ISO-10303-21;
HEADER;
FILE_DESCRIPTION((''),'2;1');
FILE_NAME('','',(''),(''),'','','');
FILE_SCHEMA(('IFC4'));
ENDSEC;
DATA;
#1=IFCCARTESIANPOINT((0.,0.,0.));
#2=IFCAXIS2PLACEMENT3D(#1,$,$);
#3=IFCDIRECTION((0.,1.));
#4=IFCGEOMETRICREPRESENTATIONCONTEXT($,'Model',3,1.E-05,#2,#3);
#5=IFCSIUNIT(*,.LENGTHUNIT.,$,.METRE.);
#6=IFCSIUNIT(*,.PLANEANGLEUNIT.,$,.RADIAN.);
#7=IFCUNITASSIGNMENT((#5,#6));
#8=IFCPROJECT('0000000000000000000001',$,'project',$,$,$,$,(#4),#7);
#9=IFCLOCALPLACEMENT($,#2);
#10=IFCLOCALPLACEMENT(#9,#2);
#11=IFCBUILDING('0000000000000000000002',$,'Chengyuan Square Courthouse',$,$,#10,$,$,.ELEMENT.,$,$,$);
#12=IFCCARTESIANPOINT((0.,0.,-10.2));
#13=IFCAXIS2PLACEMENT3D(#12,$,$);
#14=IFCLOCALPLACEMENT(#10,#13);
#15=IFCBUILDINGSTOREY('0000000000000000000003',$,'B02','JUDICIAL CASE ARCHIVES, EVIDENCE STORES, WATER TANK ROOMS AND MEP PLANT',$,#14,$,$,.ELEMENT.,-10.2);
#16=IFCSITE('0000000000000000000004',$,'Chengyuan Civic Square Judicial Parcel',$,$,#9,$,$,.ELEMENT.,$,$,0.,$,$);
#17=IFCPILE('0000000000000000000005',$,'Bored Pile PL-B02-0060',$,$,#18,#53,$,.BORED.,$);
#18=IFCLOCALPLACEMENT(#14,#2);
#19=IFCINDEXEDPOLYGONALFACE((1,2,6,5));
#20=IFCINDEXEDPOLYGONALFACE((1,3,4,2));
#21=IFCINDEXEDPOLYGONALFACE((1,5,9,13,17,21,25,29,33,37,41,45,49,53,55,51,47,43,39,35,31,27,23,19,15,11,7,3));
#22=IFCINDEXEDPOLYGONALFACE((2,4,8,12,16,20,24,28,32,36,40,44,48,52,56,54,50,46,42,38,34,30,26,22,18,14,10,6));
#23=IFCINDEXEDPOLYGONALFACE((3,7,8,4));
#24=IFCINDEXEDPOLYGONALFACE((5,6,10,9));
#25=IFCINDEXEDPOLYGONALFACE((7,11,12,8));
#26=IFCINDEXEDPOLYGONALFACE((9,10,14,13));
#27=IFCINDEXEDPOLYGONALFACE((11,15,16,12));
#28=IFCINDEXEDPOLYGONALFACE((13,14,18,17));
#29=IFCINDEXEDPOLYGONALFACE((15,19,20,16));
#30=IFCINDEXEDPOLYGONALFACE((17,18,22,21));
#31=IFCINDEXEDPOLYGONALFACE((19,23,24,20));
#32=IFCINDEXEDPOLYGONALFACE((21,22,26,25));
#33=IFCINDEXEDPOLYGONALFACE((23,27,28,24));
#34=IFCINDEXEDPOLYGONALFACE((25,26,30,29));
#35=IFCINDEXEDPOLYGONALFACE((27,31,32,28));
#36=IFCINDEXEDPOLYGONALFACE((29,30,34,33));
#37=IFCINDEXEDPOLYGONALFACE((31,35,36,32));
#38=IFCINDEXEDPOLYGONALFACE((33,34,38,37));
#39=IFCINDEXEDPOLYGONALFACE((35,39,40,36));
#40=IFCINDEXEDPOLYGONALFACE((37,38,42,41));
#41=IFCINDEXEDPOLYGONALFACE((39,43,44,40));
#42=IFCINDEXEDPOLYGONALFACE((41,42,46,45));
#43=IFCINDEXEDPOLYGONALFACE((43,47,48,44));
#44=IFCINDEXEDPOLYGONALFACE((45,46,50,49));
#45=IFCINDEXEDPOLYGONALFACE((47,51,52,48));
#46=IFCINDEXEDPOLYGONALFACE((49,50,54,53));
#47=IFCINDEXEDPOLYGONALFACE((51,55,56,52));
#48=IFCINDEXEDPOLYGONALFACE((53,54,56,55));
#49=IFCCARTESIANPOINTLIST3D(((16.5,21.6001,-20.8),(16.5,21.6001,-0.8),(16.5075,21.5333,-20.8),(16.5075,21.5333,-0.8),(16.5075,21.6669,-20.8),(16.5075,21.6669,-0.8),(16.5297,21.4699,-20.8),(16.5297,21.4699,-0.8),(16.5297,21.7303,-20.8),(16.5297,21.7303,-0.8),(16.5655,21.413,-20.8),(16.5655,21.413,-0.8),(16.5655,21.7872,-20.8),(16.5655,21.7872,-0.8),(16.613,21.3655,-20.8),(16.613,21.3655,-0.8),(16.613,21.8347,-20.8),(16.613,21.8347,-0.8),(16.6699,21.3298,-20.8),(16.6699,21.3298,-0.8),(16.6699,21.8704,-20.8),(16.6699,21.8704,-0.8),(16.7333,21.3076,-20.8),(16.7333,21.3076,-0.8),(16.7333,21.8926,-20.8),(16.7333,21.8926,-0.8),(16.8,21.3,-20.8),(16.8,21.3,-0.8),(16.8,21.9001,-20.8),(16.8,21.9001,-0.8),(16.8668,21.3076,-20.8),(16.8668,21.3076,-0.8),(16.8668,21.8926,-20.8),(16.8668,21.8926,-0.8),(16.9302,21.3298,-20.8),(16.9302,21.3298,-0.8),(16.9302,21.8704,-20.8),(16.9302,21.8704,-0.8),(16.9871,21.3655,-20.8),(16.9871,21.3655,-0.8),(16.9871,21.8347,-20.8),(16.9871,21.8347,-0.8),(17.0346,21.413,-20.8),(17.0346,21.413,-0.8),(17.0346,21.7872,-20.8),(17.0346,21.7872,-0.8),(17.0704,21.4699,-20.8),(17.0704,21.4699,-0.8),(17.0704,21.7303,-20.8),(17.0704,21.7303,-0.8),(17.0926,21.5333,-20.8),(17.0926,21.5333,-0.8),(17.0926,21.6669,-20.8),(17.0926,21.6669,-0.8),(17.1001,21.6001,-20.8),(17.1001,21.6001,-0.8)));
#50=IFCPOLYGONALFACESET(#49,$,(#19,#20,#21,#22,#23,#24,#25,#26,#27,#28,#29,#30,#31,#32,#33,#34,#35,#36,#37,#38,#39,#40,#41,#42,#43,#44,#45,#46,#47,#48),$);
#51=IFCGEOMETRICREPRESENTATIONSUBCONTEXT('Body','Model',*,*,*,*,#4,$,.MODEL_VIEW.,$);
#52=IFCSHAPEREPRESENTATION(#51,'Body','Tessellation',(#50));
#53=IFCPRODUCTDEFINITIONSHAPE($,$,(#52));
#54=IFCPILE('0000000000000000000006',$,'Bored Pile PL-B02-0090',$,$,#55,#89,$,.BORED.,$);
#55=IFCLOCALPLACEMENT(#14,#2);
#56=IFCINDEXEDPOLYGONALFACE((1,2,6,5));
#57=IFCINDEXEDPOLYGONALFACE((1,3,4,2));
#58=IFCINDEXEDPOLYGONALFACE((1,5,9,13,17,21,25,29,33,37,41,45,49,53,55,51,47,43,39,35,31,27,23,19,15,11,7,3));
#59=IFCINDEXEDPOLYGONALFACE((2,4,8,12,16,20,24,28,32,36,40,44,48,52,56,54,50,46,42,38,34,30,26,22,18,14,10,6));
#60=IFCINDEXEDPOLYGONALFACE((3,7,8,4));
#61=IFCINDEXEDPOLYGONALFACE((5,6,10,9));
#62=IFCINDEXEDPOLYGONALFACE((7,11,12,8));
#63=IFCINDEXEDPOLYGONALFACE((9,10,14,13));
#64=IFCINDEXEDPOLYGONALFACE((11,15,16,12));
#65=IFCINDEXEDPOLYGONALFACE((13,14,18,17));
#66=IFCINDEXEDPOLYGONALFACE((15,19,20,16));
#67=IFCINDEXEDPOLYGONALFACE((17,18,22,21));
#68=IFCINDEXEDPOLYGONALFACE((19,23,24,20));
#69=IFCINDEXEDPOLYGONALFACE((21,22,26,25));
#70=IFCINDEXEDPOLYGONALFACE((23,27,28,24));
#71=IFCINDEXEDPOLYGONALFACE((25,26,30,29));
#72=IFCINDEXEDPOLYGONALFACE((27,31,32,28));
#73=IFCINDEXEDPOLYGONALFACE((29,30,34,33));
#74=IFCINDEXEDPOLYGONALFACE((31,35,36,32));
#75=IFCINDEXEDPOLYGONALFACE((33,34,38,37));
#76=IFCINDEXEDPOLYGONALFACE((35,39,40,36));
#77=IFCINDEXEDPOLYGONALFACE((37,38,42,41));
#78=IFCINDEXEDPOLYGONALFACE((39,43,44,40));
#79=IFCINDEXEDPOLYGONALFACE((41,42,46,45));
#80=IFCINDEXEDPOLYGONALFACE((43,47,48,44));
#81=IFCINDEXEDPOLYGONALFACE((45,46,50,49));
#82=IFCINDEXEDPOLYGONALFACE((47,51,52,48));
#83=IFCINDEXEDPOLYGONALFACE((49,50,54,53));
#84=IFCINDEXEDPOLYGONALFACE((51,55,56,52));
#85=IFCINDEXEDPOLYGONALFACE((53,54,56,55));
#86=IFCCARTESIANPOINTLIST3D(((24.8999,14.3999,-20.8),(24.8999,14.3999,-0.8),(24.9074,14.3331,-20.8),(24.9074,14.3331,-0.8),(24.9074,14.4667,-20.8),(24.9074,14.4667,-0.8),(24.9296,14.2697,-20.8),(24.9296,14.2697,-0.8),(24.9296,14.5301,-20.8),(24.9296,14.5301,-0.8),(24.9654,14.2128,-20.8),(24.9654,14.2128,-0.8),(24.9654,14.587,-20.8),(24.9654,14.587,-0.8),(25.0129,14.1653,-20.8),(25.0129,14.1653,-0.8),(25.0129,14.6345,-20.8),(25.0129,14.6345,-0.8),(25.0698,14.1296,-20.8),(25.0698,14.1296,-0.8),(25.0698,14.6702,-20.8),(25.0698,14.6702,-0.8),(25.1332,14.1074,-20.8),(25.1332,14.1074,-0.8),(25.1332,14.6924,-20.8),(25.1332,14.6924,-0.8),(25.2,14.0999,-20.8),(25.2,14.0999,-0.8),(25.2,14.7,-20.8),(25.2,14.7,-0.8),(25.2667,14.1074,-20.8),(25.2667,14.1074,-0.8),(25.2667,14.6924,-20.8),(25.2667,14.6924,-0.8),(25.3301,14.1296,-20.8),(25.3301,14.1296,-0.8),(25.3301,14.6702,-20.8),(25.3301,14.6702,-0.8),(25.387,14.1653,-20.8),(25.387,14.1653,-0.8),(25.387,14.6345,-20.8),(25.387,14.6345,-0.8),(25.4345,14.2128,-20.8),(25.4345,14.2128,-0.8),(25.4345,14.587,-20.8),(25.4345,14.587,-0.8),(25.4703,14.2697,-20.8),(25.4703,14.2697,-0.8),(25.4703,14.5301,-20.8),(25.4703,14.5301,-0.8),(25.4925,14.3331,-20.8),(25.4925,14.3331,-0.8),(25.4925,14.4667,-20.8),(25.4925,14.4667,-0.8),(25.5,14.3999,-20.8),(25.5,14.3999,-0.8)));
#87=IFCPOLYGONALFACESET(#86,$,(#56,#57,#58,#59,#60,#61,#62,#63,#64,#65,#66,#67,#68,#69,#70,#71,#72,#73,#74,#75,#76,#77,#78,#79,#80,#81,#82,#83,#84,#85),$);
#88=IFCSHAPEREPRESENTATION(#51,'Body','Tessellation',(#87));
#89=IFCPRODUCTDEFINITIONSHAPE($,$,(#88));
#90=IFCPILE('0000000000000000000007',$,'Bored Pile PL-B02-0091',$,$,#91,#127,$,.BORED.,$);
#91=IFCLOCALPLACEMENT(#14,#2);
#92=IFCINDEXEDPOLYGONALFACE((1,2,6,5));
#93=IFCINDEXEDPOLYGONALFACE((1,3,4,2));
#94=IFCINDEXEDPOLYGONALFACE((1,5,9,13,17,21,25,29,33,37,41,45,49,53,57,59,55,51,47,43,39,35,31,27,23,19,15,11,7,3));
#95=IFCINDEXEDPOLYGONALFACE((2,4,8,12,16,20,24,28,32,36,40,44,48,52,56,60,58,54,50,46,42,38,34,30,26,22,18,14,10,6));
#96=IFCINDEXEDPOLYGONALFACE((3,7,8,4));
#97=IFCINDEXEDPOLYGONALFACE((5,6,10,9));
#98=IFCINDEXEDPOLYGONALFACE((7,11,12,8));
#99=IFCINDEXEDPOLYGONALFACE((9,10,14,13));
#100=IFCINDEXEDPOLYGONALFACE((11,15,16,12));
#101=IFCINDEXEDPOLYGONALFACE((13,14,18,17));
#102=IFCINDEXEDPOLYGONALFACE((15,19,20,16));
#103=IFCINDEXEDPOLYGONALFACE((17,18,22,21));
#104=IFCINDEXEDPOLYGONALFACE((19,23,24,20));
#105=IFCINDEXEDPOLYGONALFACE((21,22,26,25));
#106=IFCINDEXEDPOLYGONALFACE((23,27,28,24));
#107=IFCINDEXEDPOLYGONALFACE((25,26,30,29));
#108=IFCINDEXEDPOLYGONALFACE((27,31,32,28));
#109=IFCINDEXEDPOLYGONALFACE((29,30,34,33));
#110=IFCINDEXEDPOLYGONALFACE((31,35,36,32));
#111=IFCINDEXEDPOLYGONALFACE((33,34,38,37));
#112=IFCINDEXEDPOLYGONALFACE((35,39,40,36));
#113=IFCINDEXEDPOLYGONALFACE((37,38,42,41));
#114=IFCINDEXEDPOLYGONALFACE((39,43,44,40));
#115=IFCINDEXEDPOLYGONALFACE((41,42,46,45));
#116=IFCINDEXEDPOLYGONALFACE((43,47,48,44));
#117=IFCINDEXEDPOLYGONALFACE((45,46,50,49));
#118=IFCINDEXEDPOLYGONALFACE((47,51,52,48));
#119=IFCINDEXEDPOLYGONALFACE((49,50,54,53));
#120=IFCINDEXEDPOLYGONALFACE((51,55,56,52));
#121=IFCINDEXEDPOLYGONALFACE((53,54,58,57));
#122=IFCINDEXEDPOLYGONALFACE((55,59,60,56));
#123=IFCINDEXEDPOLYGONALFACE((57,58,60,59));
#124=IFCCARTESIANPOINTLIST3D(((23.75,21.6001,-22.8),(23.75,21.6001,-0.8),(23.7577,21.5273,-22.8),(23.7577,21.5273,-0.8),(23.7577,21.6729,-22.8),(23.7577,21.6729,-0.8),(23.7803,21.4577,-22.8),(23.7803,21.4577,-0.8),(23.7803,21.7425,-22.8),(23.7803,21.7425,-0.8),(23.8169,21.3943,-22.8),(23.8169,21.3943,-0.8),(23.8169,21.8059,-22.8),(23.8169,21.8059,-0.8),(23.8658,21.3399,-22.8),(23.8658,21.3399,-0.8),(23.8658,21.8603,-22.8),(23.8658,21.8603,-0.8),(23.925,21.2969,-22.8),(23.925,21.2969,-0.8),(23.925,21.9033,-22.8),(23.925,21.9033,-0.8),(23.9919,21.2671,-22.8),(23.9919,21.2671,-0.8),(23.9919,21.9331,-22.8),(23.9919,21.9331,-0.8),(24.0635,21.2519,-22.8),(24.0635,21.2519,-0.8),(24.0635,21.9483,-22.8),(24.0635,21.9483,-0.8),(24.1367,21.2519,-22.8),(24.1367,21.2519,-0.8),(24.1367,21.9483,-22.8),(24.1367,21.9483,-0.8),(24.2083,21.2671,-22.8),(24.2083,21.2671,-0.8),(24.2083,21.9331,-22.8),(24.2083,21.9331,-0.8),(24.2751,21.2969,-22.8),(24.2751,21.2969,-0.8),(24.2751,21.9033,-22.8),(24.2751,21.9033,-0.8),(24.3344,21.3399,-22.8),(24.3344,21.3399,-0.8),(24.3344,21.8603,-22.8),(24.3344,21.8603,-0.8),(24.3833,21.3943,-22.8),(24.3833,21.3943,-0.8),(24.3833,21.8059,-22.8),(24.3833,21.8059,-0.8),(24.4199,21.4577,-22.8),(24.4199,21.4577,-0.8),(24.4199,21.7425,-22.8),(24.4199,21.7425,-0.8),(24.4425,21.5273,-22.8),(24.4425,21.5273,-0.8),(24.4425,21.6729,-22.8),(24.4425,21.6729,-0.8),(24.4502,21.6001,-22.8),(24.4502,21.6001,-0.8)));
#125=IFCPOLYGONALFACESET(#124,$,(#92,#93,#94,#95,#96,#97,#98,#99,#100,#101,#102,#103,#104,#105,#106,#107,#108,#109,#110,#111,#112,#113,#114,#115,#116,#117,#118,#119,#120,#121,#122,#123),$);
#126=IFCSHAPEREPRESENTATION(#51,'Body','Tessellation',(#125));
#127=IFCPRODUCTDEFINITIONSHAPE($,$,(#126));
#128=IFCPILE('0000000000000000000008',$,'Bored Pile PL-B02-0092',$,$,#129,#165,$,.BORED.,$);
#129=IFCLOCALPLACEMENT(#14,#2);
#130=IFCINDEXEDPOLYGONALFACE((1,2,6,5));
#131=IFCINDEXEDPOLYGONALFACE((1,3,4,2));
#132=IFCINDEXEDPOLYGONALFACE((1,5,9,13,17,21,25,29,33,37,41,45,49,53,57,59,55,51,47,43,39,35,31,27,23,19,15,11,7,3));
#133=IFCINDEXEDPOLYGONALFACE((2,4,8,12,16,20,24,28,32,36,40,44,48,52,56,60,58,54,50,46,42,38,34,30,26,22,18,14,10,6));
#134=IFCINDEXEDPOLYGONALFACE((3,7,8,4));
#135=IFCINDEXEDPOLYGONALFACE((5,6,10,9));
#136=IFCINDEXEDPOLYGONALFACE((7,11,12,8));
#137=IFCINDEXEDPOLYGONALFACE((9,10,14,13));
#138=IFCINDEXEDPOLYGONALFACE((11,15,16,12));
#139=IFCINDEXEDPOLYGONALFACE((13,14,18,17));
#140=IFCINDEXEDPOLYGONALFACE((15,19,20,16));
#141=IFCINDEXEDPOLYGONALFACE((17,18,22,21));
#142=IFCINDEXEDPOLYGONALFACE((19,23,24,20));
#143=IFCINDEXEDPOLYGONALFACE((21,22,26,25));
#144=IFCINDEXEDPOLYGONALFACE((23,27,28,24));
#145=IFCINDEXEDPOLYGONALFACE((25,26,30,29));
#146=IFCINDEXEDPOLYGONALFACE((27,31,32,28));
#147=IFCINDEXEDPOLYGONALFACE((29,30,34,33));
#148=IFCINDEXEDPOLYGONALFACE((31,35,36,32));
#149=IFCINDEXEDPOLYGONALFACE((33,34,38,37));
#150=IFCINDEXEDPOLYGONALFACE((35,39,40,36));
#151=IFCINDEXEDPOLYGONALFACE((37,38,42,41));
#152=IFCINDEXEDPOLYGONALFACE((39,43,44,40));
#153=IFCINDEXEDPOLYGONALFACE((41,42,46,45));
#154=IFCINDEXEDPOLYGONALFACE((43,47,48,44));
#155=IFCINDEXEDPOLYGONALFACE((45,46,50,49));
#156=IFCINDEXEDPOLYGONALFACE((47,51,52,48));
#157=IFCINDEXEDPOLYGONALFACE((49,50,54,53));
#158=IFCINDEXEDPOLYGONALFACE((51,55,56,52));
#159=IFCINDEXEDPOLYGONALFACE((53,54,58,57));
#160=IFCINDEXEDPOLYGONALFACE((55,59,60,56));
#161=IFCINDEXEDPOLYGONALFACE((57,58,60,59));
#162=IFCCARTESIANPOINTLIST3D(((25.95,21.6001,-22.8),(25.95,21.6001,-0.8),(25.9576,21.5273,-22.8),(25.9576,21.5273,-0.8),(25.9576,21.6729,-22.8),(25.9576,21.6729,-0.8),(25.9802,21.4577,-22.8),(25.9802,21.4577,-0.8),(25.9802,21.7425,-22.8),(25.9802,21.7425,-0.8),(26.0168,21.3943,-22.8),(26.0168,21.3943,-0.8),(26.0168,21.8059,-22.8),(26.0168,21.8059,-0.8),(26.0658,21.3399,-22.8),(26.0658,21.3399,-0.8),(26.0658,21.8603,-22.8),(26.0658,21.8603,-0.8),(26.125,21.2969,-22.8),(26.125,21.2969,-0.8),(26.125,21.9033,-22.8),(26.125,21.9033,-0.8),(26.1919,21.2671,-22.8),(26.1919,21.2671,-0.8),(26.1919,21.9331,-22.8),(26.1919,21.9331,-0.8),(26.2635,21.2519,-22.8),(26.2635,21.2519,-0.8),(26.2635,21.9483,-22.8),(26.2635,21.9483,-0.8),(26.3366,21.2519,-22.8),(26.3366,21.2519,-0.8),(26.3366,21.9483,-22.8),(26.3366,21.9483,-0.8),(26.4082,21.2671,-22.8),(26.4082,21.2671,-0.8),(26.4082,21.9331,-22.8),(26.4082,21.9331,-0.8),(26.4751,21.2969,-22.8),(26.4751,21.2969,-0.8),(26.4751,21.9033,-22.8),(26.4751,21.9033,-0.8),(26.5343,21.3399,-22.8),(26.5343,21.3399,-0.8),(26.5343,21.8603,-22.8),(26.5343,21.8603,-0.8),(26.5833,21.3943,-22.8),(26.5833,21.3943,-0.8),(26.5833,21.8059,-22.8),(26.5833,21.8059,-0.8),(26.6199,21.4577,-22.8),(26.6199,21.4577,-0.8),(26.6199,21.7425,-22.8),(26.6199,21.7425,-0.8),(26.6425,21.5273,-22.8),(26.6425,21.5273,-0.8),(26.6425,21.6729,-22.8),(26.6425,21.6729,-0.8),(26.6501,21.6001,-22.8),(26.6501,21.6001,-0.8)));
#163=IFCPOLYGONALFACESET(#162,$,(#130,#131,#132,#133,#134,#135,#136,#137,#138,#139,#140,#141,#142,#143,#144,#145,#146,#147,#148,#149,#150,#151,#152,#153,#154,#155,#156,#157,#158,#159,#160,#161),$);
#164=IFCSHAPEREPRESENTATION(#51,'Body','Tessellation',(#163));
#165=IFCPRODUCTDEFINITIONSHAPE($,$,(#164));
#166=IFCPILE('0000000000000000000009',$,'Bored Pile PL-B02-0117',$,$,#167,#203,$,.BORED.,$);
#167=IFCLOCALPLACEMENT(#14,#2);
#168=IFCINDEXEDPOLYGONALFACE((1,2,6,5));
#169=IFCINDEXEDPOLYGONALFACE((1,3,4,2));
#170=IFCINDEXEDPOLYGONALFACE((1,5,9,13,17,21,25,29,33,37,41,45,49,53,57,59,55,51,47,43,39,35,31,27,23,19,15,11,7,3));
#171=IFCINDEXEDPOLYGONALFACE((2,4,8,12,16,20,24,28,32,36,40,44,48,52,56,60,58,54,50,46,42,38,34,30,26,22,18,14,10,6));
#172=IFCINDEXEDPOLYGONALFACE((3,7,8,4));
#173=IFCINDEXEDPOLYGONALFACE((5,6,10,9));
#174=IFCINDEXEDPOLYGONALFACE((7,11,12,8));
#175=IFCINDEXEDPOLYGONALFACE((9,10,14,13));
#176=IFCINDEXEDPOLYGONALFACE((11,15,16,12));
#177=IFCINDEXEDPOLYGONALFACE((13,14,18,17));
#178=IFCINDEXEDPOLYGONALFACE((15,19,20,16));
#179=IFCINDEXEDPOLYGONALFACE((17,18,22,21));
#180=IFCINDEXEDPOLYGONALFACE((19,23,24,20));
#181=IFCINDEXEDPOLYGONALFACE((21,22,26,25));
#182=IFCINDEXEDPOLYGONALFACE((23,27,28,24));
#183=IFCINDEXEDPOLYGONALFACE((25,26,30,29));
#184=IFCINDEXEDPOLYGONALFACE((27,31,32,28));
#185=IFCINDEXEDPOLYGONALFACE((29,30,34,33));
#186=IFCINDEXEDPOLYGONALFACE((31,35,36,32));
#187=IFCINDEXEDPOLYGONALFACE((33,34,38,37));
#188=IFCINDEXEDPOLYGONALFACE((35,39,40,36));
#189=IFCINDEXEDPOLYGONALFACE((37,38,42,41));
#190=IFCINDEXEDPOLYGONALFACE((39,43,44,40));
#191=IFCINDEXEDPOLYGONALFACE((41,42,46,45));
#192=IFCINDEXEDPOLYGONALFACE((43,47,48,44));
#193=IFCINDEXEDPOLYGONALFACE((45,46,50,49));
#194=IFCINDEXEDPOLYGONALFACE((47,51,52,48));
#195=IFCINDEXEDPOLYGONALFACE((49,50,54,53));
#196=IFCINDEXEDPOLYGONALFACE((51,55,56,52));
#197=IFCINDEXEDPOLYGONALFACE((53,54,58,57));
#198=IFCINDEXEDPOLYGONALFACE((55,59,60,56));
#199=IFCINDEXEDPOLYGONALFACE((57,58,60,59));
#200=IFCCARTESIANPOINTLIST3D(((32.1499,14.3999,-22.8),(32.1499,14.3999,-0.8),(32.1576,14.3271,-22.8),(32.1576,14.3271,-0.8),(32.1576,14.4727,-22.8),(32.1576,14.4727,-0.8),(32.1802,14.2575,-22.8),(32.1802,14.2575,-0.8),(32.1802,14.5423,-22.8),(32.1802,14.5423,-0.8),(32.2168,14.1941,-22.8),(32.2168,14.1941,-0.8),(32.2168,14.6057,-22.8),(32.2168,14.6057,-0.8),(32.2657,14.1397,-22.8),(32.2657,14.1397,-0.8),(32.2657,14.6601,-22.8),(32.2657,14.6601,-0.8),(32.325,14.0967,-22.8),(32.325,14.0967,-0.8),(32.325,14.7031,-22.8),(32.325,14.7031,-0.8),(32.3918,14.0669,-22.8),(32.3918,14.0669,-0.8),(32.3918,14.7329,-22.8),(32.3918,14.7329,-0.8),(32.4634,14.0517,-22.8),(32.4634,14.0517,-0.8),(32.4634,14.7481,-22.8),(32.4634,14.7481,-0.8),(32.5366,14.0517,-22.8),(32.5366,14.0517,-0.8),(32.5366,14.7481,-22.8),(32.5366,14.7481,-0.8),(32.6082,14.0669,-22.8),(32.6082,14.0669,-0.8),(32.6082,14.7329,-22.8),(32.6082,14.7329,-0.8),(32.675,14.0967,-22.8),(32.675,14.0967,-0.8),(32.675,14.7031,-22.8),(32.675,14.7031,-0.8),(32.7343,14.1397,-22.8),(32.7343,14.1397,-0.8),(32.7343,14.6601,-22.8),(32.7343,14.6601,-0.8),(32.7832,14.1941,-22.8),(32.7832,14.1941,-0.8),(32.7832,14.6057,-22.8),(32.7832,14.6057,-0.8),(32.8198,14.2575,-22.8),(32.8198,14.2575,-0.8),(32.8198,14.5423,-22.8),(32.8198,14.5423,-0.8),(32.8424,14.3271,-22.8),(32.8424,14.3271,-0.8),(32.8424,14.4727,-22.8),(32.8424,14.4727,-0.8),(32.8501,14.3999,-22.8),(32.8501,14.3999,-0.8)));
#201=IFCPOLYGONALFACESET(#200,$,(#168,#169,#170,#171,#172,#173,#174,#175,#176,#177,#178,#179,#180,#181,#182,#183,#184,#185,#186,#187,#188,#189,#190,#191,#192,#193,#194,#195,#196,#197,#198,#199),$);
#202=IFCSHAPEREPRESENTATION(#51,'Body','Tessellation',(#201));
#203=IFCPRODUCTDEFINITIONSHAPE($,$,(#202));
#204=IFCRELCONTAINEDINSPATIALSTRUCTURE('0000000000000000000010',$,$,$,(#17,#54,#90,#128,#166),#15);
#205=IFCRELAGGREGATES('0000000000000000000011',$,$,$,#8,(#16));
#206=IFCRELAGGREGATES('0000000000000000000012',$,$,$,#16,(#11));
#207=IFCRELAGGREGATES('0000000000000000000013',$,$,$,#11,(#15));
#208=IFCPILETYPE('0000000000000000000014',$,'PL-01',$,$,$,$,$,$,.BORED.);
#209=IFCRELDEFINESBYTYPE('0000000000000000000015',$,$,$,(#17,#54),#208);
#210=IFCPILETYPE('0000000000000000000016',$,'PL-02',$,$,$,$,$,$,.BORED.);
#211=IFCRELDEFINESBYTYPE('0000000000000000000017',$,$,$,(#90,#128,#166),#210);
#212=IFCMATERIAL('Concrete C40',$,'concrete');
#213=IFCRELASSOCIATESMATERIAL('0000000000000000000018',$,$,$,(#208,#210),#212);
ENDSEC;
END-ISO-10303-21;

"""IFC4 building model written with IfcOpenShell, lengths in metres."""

from ifc_helpers import new_model, si_unit, direction, frame, origin, origin_2d, place, context, subcontext, project, spatial, circle, extrude, material, material_profile, profile_set, type_object, element, save


model = new_model("IFC4")

# Units and contexts
model_context = context("Model", 3, precision=1e-05, world=origin(), true_north=direction((0.0, 1.0)))
body_context = subcontext(model_context, "Body", "Model", "MODEL_VIEW")
ifc_project = project(units=[si_unit("LENGTHUNIT", "METRE"), si_unit("PLANEANGLEUNIT", "RADIAN")], contexts=[model_context])

# Site, building, storey
site_placement = place(None, origin())
site = spatial("IfcSite", under=ifc_project, at=site_placement, Name="Chengyuan Civic Square Judicial Parcel", CompositionType="ELEMENT", RefElevation=0.0)
building_placement = place(site_placement, origin())
building = spatial("IfcBuilding", under=site, at=building_placement, Name="Chengyuan Square Courthouse", CompositionType="ELEMENT")
storey_placement = place(building_placement, frame((0.0, 0.0, -10.2)))
storey = spatial("IfcBuildingStorey", under=building, at=storey_placement, Name="B02", Description="JUDICIAL CASE ARCHIVES, EVIDENCE STORES, WATER TANK ROOMS AND MEP PLANT", CompositionType="ELEMENT", Elevation=-10.2)

# Shared definitions
ifc_material_1 = material(Name="Concrete C40", Category="concrete")

# Piles
ifc_material_profile_1 = material_profile(ifc_material_1, circle(Radius=0.3, at=origin_2d()), Name="BORED PILE D600")
ifc_profile_set_1 = profile_set([ifc_material_profile_1], Name="Concrete C40")
pile_type_1 = type_object("IfcPileType", Name="PL-01", PredefinedType="BORED", material=ifc_profile_set_1)
for number, where, z_axis, x_axis, name in (
    (1, (16.8, 21.6001, -0.8), (0.0, 0.0, -1.0), (1.0, 0.0, 0.0), "Bored Pile PL-B02-0060"),
    (2, (25.2, 14.3999, -0.8), (0.0, 0.0, -1.0), (1.0, 0.0, 0.0), "Bored Pile PL-B02-0090"),
):
    element("IfcPile", number, at=place(storey_placement, frame(where, z_axis=z_axis, x_axis=x_axis)), inside=storey, type_object=pile_type_1, Name=name, PredefinedType="BORED", context=body_context, shape_type="SweptSolid", body=[
        extrude(circle(Radius=0.3, at=origin_2d()), origin(), (0.0, 0.0, 1.0), 20.0),
    ])
ifc_material_profile_2 = material_profile(ifc_material_1, circle(Radius=0.3501, at=origin_2d()), Name="BORED PILE D700")
ifc_profile_set_2 = profile_set([ifc_material_profile_2], Name="Concrete C40")
pile_type_2 = type_object("IfcPileType", Name="PL-02", PredefinedType="BORED", material=ifc_profile_set_2)
for number, where, z_axis, x_axis, name in (
    (3, (24.1001, 21.6001, -0.8), (0.0, 0.0, -1.0), (1.0, 0.0, 0.0), "Bored Pile PL-B02-0091"),
    (4, (26.3, 21.6001, -0.8), (0.0, 0.0, -1.0), (1.0, 0.0, 0.0), "Bored Pile PL-B02-0092"),
    (5, (32.5, 14.3999, -0.8), (0.0, 0.0, -1.0), (1.0, 0.0, 0.0), "Bored Pile PL-B02-0117"),
):
    element("IfcPile", number, at=place(storey_placement, frame(where, z_axis=z_axis, x_axis=x_axis)), inside=storey, type_object=pile_type_2, Name=name, PredefinedType="BORED", context=body_context, shape_type="SweptSolid", body=[
        extrude(circle(Radius=0.3501, at=origin_2d()), origin(), (0.0, 0.0, 1.0), 22.0),
    ])

save(model, "model.ifc")
